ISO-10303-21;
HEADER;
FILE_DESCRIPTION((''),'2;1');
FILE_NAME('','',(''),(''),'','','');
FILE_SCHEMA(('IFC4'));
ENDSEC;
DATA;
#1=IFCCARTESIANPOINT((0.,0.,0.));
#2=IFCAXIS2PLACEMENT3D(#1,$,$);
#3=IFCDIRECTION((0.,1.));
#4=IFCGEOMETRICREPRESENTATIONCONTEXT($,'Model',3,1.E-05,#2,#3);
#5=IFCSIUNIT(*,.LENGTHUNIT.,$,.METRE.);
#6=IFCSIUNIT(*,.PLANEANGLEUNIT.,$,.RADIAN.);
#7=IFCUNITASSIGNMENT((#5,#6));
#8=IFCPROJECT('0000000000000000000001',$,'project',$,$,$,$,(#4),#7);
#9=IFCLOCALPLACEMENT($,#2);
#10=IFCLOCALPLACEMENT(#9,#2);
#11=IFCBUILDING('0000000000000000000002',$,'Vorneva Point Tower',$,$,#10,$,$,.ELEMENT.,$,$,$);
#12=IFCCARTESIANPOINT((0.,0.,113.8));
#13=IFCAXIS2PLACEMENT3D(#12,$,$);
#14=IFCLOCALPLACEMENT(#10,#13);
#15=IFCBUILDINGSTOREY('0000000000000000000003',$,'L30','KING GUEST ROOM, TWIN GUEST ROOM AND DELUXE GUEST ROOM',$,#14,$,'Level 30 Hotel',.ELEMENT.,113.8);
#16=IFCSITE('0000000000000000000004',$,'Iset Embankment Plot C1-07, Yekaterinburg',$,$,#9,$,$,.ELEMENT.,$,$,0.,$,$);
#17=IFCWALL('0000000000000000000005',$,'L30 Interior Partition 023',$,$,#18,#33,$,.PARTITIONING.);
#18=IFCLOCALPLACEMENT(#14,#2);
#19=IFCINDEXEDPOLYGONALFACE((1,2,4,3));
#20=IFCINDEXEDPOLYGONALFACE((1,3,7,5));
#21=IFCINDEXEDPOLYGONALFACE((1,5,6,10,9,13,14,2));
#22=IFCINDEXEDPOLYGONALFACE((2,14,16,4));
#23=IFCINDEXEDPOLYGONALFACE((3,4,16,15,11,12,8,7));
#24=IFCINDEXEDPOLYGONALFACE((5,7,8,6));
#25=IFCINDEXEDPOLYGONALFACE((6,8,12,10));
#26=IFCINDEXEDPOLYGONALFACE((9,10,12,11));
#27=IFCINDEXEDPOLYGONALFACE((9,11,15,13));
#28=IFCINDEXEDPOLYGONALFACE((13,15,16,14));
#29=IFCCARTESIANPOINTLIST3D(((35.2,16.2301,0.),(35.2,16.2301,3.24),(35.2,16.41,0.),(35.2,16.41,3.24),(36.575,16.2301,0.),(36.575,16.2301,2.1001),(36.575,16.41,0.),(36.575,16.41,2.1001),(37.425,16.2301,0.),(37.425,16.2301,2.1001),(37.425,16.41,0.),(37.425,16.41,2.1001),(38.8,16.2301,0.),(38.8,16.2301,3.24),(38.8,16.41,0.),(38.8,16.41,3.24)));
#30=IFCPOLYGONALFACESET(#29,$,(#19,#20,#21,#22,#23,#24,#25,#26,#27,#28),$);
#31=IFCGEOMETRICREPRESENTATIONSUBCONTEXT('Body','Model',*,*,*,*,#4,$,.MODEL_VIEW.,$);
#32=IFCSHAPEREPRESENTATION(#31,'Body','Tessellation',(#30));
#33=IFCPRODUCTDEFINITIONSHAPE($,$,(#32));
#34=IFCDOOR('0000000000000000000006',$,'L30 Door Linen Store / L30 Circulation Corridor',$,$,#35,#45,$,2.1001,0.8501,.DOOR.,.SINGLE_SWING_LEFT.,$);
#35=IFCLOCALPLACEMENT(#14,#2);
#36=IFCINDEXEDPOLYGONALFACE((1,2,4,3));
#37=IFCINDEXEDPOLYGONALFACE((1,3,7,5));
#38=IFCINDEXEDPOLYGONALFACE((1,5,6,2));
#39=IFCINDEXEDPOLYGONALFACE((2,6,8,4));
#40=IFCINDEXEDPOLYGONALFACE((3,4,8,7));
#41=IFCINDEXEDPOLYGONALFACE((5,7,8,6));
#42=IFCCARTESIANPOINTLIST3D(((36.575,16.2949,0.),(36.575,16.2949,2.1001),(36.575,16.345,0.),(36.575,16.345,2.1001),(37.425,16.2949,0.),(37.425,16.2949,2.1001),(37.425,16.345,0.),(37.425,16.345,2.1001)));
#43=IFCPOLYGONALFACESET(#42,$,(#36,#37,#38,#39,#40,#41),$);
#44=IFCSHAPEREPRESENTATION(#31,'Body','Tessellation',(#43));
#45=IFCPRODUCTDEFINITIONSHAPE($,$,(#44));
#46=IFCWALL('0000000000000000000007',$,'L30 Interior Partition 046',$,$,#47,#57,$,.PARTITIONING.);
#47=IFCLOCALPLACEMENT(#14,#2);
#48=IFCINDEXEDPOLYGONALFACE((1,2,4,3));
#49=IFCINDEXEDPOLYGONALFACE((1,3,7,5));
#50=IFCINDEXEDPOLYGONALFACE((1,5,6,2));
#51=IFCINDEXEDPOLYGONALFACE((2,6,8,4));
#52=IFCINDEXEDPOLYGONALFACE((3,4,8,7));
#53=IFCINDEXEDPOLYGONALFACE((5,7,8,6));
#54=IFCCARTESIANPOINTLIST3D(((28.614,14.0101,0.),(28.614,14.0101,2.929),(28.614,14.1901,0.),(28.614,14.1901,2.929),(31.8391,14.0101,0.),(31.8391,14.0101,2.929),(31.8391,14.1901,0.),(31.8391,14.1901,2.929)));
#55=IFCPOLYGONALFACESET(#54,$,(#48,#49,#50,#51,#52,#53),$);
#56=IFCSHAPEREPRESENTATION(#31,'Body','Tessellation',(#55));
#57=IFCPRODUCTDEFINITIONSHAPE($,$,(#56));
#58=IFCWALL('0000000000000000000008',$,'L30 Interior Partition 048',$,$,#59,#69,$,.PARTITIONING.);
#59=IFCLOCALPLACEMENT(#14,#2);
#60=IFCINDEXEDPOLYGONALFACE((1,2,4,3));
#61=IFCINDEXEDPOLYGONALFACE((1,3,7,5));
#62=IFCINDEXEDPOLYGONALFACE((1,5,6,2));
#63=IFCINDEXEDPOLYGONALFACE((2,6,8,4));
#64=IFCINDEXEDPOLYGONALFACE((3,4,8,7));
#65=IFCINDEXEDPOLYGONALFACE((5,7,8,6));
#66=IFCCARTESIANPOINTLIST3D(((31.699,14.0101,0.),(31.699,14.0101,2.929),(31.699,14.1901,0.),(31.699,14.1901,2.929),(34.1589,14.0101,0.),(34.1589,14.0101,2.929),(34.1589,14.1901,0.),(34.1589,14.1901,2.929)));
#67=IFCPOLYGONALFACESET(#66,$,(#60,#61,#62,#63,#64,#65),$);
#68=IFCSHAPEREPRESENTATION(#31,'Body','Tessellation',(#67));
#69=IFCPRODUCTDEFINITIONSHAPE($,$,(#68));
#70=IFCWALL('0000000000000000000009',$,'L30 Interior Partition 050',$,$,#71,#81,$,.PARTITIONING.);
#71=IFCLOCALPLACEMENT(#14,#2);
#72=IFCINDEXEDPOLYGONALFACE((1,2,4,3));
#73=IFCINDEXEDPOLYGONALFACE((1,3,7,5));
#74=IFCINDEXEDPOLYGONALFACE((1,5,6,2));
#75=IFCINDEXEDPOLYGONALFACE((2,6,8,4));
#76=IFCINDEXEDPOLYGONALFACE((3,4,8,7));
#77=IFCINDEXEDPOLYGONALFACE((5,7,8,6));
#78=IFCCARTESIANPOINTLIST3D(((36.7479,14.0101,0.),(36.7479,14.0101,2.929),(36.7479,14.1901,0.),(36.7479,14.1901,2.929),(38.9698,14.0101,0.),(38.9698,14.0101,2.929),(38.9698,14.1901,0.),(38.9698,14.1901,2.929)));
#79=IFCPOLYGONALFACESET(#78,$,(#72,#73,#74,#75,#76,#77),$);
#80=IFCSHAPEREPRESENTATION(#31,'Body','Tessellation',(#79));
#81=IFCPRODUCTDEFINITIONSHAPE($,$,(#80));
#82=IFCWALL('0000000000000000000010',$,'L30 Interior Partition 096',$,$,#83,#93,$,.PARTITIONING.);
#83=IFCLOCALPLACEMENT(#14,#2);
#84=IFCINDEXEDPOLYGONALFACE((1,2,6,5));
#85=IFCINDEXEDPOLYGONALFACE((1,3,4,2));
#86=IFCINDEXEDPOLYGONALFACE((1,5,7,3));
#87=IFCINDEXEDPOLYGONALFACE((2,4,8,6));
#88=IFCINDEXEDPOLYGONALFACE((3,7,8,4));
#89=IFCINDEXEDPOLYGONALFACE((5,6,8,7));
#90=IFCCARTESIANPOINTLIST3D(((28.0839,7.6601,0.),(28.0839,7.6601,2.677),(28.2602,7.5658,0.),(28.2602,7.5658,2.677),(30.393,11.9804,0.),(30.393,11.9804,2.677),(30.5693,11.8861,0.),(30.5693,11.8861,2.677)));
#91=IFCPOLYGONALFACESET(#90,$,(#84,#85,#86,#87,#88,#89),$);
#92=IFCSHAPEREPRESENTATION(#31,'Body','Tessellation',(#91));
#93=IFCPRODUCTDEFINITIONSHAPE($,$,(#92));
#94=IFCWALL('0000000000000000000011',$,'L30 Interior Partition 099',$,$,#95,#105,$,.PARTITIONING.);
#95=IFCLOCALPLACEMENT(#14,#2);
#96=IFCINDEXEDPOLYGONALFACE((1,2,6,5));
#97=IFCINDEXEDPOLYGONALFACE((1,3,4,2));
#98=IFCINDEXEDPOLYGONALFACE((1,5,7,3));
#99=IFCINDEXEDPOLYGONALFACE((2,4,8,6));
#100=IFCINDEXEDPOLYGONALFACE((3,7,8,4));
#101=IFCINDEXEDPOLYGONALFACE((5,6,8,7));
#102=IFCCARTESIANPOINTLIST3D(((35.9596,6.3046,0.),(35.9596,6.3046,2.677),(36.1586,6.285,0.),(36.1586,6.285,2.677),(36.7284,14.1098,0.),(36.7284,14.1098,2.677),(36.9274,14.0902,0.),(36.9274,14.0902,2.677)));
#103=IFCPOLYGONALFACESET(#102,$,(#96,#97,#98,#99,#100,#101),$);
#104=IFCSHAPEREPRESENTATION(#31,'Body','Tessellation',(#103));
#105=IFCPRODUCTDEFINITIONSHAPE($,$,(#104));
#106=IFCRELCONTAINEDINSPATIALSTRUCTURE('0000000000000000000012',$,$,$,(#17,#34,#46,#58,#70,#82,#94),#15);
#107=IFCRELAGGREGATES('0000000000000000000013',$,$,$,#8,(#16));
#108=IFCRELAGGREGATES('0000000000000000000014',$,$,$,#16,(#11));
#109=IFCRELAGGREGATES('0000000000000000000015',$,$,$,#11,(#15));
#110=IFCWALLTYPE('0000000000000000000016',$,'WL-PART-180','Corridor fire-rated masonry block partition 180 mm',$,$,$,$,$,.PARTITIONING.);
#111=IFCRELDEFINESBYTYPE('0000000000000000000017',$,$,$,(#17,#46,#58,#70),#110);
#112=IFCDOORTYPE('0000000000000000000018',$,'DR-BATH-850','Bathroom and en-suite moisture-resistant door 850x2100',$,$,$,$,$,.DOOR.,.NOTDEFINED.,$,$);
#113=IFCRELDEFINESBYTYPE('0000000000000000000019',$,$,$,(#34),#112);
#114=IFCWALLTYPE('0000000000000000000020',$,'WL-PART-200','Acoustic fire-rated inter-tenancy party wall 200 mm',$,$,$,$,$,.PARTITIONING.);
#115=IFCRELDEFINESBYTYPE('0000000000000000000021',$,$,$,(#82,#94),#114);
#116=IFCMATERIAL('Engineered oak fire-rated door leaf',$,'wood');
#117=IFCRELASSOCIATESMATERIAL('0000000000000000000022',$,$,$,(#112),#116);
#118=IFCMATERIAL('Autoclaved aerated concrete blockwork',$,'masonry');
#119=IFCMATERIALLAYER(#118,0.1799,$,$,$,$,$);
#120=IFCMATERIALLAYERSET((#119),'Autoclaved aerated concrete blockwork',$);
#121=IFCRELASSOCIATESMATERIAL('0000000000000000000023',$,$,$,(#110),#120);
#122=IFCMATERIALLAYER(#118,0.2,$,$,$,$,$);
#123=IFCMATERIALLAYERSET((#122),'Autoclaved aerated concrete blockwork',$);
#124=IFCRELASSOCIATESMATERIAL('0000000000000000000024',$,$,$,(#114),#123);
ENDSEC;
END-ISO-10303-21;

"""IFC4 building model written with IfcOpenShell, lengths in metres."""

from ifc_helpers import new_model, si_unit, direction, frame, frame_2d, origin, place, context, subcontext, project, spatial, rectangle, extrude, material, layer, layer_set, type_object, element, fill, save


model = new_model("IFC4")

# Units and contexts
model_context = context("Model", 3, precision=1e-05, world=origin(), true_north=direction((0.0, 1.0)))
body_context = subcontext(model_context, "Body", "Model", "MODEL_VIEW")
ifc_project = project(units=[si_unit("LENGTHUNIT", "METRE"), si_unit("PLANEANGLEUNIT", "RADIAN")], contexts=[model_context])

# Site, building, storey
site_placement = place(None, origin())
site = spatial("IfcSite", under=ifc_project, at=site_placement, Name="Iset Embankment Plot C1-07, Yekaterinburg", CompositionType="ELEMENT", RefElevation=0.0)
building_placement = place(site_placement, origin())
building = spatial("IfcBuilding", under=site, at=building_placement, Name="Vorneva Point Tower", CompositionType="ELEMENT")
storey_placement = place(building_placement, frame((0.0, 0.0, 113.8)))
storey = spatial("IfcBuildingStorey", under=building, at=storey_placement, Name="L30", Description="KING GUEST ROOM, TWIN GUEST ROOM AND DELUXE GUEST ROOM", LongName="Level 30 Hotel", CompositionType="ELEMENT", Elevation=113.8)

# Shared definitions
ifc_material_1 = material(Name="Engineered oak fire-rated door leaf", Category="wood")
door_type_1 = type_object("IfcDoorType", Name="DR-BATH-850", Description="Bathroom and en-suite moisture-resistant door 850x2100", OperationType="NOTDEFINED", PredefinedType="DOOR", material=ifc_material_1)

# Wall, opening, door
ifc_material_2 = material(Name="Autoclaved aerated concrete blockwork", Category="masonry")
ifc_layer_1 = layer(ifc_material_2, 0.1799)
ifc_layer_set_1 = layer_set([ifc_layer_1], Name="Autoclaved aerated concrete blockwork")
wall_type_1 = type_object("IfcWallType", Name="WL-PART-180", Description="Corridor fire-rated masonry block partition 180 mm", PredefinedType="PARTITIONING", material=ifc_layer_set_1)
wall_1_placement = place(storey_placement, frame((35.2, 16.3201, 0.0), z_axis=(0.0, 0.0, 1.0), x_axis=(1.0, 0.0, 0.0)))
wall_1 = element("IfcWall", 1, at=wall_1_placement, inside=storey, type_object=wall_type_1, Name="L30 Interior Partition 023", PredefinedType="PARTITIONING", context=body_context, shape_type="SweptSolid", body=[
    extrude(rectangle(XDim=3.6001, YDim=0.1799, at=frame_2d((1.8, 0.0))), origin(), (0.0, 0.0, 1.0), 3.24),
])
opening_1_placement = place(wall_1_placement, frame((1.375, 0.0, 0.0)))
opening_1 = element("IfcOpeningElement", 2, at=opening_1_placement, cuts=wall_1, PredefinedType="OPENING", context=body_context, shape_type="SweptSolid", body=[
    extrude(rectangle(XDim=0.8501, YDim=2.1001, at=frame_2d((0.425, 1.05))), frame((0.0, 0.105, 0.0), z_axis=(0.0, -1.0, 0.0), x_axis=(1.0, 0.0, 0.0)), (0.0, 0.0, 1.0), 0.2097),
])
door_1_placement = place(opening_1_placement, origin())
door_1 = element("IfcDoor", 3, at=door_1_placement, inside=storey, type_object=door_type_1, Name="L30 Door Linen Store / L30 Circulation Corridor", OperationType="SINGLE_SWING_LEFT", OverallHeight=2.1001, OverallWidth=0.8501, PredefinedType="DOOR", context=body_context, shape_type="SweptSolid", body=[
    extrude(rectangle(XDim=0.8501, YDim=2.1001, at=frame_2d((0.425, 1.05))), frame((0.0, 0.0249, 0.0), z_axis=(0.0, -1.0, 0.0), x_axis=(1.0, 0.0, 0.0)), (0.0, 0.0, 1.0), 0.05),
])
fill(opening_1, door_1)

# Wall
wall_2_placement = place(storey_placement, frame((28.614, 14.1001, 0.0), z_axis=(0.0, 0.0, 1.0), x_axis=(1.0, 0.0, 0.0)))
element("IfcWall", 4, at=wall_2_placement, inside=storey, type_object=wall_type_1, Name="L30 Interior Partition 046", PredefinedType="PARTITIONING", context=body_context, shape_type="SweptSolid", body=[
    extrude(rectangle(XDim=3.2251, YDim=0.1799, at=frame_2d((1.6125, 0.0))), origin(), (0.0, 0.0, 1.0), 2.929),
])

# Walls
wall_3_placement = place(storey_placement, frame((31.699, 14.1001, 0.0), z_axis=(0.0, 0.0, 1.0), x_axis=(1.0, 0.0, 0.0)))
element("IfcWall", 5, at=wall_3_placement, inside=storey, type_object=wall_type_1, Name="L30 Interior Partition 048", PredefinedType="PARTITIONING", context=body_context, shape_type="SweptSolid", body=[
    extrude(rectangle(XDim=2.46, YDim=0.1799, at=frame_2d((1.23, 0.0))), origin(), (0.0, 0.0, 1.0), 2.929),
])
wall_4_placement = place(storey_placement, frame((36.748, 14.1001, 0.0), z_axis=(0.0, 0.0, 1.0), x_axis=(1.0, 0.0, 0.0)))
element("IfcWall", 6, at=wall_4_placement, inside=storey, type_object=wall_type_1, Name="L30 Interior Partition 050", PredefinedType="PARTITIONING", context=body_context, shape_type="SweptSolid", body=[
    extrude(rectangle(XDim=2.2219, YDim=0.1799, at=frame_2d((1.1108, 0.0))), origin(), (0.0, 0.0, 1.0), 2.929),
])
ifc_layer_2 = layer(ifc_material_2, 0.2)
ifc_layer_set_2 = layer_set([ifc_layer_2], Name="Autoclaved aerated concrete blockwork")
wall_type_2 = type_object("IfcWallType", Name="WL-PART-200", Description="Acoustic fire-rated inter-tenancy party wall 200 mm", PredefinedType="PARTITIONING", material=ifc_layer_set_2)
wall_5_placement = place(storey_placement, frame((28.1721, 7.613, 0.0), z_axis=(0.0, 0.0, 1.0), x_axis=(0.471369, 0.881936, 0.0)))
element("IfcWall", 7, at=wall_5_placement, inside=storey, type_object=wall_type_2, Name="L30 Interior Partition 096", PredefinedType="PARTITIONING", context=body_context, shape_type="SweptSolid", body=[
    extrude(rectangle(XDim=4.8987, YDim=0.2, at=frame_2d((2.4492, 0.0))), origin(), (0.0, 0.0, 1.0), 2.677),
])
wall_6_placement = place(storey_placement, frame((36.0591, 6.2949, 0.0), z_axis=(0.0, 0.0, 1.0), x_axis=(0.098024, 0.995184, 0.0)))
element("IfcWall", 8, at=wall_6_placement, inside=storey, type_object=wall_type_2, Name="L30 Interior Partition 099", PredefinedType="PARTITIONING", context=body_context, shape_type="SweptSolid", body=[
    extrude(rectangle(XDim=7.843, YDim=0.2, at=frame_2d((3.9214, 0.0))), origin(), (0.0, 0.0, 1.0), 2.677),
])

save(model, "model.ifc")
